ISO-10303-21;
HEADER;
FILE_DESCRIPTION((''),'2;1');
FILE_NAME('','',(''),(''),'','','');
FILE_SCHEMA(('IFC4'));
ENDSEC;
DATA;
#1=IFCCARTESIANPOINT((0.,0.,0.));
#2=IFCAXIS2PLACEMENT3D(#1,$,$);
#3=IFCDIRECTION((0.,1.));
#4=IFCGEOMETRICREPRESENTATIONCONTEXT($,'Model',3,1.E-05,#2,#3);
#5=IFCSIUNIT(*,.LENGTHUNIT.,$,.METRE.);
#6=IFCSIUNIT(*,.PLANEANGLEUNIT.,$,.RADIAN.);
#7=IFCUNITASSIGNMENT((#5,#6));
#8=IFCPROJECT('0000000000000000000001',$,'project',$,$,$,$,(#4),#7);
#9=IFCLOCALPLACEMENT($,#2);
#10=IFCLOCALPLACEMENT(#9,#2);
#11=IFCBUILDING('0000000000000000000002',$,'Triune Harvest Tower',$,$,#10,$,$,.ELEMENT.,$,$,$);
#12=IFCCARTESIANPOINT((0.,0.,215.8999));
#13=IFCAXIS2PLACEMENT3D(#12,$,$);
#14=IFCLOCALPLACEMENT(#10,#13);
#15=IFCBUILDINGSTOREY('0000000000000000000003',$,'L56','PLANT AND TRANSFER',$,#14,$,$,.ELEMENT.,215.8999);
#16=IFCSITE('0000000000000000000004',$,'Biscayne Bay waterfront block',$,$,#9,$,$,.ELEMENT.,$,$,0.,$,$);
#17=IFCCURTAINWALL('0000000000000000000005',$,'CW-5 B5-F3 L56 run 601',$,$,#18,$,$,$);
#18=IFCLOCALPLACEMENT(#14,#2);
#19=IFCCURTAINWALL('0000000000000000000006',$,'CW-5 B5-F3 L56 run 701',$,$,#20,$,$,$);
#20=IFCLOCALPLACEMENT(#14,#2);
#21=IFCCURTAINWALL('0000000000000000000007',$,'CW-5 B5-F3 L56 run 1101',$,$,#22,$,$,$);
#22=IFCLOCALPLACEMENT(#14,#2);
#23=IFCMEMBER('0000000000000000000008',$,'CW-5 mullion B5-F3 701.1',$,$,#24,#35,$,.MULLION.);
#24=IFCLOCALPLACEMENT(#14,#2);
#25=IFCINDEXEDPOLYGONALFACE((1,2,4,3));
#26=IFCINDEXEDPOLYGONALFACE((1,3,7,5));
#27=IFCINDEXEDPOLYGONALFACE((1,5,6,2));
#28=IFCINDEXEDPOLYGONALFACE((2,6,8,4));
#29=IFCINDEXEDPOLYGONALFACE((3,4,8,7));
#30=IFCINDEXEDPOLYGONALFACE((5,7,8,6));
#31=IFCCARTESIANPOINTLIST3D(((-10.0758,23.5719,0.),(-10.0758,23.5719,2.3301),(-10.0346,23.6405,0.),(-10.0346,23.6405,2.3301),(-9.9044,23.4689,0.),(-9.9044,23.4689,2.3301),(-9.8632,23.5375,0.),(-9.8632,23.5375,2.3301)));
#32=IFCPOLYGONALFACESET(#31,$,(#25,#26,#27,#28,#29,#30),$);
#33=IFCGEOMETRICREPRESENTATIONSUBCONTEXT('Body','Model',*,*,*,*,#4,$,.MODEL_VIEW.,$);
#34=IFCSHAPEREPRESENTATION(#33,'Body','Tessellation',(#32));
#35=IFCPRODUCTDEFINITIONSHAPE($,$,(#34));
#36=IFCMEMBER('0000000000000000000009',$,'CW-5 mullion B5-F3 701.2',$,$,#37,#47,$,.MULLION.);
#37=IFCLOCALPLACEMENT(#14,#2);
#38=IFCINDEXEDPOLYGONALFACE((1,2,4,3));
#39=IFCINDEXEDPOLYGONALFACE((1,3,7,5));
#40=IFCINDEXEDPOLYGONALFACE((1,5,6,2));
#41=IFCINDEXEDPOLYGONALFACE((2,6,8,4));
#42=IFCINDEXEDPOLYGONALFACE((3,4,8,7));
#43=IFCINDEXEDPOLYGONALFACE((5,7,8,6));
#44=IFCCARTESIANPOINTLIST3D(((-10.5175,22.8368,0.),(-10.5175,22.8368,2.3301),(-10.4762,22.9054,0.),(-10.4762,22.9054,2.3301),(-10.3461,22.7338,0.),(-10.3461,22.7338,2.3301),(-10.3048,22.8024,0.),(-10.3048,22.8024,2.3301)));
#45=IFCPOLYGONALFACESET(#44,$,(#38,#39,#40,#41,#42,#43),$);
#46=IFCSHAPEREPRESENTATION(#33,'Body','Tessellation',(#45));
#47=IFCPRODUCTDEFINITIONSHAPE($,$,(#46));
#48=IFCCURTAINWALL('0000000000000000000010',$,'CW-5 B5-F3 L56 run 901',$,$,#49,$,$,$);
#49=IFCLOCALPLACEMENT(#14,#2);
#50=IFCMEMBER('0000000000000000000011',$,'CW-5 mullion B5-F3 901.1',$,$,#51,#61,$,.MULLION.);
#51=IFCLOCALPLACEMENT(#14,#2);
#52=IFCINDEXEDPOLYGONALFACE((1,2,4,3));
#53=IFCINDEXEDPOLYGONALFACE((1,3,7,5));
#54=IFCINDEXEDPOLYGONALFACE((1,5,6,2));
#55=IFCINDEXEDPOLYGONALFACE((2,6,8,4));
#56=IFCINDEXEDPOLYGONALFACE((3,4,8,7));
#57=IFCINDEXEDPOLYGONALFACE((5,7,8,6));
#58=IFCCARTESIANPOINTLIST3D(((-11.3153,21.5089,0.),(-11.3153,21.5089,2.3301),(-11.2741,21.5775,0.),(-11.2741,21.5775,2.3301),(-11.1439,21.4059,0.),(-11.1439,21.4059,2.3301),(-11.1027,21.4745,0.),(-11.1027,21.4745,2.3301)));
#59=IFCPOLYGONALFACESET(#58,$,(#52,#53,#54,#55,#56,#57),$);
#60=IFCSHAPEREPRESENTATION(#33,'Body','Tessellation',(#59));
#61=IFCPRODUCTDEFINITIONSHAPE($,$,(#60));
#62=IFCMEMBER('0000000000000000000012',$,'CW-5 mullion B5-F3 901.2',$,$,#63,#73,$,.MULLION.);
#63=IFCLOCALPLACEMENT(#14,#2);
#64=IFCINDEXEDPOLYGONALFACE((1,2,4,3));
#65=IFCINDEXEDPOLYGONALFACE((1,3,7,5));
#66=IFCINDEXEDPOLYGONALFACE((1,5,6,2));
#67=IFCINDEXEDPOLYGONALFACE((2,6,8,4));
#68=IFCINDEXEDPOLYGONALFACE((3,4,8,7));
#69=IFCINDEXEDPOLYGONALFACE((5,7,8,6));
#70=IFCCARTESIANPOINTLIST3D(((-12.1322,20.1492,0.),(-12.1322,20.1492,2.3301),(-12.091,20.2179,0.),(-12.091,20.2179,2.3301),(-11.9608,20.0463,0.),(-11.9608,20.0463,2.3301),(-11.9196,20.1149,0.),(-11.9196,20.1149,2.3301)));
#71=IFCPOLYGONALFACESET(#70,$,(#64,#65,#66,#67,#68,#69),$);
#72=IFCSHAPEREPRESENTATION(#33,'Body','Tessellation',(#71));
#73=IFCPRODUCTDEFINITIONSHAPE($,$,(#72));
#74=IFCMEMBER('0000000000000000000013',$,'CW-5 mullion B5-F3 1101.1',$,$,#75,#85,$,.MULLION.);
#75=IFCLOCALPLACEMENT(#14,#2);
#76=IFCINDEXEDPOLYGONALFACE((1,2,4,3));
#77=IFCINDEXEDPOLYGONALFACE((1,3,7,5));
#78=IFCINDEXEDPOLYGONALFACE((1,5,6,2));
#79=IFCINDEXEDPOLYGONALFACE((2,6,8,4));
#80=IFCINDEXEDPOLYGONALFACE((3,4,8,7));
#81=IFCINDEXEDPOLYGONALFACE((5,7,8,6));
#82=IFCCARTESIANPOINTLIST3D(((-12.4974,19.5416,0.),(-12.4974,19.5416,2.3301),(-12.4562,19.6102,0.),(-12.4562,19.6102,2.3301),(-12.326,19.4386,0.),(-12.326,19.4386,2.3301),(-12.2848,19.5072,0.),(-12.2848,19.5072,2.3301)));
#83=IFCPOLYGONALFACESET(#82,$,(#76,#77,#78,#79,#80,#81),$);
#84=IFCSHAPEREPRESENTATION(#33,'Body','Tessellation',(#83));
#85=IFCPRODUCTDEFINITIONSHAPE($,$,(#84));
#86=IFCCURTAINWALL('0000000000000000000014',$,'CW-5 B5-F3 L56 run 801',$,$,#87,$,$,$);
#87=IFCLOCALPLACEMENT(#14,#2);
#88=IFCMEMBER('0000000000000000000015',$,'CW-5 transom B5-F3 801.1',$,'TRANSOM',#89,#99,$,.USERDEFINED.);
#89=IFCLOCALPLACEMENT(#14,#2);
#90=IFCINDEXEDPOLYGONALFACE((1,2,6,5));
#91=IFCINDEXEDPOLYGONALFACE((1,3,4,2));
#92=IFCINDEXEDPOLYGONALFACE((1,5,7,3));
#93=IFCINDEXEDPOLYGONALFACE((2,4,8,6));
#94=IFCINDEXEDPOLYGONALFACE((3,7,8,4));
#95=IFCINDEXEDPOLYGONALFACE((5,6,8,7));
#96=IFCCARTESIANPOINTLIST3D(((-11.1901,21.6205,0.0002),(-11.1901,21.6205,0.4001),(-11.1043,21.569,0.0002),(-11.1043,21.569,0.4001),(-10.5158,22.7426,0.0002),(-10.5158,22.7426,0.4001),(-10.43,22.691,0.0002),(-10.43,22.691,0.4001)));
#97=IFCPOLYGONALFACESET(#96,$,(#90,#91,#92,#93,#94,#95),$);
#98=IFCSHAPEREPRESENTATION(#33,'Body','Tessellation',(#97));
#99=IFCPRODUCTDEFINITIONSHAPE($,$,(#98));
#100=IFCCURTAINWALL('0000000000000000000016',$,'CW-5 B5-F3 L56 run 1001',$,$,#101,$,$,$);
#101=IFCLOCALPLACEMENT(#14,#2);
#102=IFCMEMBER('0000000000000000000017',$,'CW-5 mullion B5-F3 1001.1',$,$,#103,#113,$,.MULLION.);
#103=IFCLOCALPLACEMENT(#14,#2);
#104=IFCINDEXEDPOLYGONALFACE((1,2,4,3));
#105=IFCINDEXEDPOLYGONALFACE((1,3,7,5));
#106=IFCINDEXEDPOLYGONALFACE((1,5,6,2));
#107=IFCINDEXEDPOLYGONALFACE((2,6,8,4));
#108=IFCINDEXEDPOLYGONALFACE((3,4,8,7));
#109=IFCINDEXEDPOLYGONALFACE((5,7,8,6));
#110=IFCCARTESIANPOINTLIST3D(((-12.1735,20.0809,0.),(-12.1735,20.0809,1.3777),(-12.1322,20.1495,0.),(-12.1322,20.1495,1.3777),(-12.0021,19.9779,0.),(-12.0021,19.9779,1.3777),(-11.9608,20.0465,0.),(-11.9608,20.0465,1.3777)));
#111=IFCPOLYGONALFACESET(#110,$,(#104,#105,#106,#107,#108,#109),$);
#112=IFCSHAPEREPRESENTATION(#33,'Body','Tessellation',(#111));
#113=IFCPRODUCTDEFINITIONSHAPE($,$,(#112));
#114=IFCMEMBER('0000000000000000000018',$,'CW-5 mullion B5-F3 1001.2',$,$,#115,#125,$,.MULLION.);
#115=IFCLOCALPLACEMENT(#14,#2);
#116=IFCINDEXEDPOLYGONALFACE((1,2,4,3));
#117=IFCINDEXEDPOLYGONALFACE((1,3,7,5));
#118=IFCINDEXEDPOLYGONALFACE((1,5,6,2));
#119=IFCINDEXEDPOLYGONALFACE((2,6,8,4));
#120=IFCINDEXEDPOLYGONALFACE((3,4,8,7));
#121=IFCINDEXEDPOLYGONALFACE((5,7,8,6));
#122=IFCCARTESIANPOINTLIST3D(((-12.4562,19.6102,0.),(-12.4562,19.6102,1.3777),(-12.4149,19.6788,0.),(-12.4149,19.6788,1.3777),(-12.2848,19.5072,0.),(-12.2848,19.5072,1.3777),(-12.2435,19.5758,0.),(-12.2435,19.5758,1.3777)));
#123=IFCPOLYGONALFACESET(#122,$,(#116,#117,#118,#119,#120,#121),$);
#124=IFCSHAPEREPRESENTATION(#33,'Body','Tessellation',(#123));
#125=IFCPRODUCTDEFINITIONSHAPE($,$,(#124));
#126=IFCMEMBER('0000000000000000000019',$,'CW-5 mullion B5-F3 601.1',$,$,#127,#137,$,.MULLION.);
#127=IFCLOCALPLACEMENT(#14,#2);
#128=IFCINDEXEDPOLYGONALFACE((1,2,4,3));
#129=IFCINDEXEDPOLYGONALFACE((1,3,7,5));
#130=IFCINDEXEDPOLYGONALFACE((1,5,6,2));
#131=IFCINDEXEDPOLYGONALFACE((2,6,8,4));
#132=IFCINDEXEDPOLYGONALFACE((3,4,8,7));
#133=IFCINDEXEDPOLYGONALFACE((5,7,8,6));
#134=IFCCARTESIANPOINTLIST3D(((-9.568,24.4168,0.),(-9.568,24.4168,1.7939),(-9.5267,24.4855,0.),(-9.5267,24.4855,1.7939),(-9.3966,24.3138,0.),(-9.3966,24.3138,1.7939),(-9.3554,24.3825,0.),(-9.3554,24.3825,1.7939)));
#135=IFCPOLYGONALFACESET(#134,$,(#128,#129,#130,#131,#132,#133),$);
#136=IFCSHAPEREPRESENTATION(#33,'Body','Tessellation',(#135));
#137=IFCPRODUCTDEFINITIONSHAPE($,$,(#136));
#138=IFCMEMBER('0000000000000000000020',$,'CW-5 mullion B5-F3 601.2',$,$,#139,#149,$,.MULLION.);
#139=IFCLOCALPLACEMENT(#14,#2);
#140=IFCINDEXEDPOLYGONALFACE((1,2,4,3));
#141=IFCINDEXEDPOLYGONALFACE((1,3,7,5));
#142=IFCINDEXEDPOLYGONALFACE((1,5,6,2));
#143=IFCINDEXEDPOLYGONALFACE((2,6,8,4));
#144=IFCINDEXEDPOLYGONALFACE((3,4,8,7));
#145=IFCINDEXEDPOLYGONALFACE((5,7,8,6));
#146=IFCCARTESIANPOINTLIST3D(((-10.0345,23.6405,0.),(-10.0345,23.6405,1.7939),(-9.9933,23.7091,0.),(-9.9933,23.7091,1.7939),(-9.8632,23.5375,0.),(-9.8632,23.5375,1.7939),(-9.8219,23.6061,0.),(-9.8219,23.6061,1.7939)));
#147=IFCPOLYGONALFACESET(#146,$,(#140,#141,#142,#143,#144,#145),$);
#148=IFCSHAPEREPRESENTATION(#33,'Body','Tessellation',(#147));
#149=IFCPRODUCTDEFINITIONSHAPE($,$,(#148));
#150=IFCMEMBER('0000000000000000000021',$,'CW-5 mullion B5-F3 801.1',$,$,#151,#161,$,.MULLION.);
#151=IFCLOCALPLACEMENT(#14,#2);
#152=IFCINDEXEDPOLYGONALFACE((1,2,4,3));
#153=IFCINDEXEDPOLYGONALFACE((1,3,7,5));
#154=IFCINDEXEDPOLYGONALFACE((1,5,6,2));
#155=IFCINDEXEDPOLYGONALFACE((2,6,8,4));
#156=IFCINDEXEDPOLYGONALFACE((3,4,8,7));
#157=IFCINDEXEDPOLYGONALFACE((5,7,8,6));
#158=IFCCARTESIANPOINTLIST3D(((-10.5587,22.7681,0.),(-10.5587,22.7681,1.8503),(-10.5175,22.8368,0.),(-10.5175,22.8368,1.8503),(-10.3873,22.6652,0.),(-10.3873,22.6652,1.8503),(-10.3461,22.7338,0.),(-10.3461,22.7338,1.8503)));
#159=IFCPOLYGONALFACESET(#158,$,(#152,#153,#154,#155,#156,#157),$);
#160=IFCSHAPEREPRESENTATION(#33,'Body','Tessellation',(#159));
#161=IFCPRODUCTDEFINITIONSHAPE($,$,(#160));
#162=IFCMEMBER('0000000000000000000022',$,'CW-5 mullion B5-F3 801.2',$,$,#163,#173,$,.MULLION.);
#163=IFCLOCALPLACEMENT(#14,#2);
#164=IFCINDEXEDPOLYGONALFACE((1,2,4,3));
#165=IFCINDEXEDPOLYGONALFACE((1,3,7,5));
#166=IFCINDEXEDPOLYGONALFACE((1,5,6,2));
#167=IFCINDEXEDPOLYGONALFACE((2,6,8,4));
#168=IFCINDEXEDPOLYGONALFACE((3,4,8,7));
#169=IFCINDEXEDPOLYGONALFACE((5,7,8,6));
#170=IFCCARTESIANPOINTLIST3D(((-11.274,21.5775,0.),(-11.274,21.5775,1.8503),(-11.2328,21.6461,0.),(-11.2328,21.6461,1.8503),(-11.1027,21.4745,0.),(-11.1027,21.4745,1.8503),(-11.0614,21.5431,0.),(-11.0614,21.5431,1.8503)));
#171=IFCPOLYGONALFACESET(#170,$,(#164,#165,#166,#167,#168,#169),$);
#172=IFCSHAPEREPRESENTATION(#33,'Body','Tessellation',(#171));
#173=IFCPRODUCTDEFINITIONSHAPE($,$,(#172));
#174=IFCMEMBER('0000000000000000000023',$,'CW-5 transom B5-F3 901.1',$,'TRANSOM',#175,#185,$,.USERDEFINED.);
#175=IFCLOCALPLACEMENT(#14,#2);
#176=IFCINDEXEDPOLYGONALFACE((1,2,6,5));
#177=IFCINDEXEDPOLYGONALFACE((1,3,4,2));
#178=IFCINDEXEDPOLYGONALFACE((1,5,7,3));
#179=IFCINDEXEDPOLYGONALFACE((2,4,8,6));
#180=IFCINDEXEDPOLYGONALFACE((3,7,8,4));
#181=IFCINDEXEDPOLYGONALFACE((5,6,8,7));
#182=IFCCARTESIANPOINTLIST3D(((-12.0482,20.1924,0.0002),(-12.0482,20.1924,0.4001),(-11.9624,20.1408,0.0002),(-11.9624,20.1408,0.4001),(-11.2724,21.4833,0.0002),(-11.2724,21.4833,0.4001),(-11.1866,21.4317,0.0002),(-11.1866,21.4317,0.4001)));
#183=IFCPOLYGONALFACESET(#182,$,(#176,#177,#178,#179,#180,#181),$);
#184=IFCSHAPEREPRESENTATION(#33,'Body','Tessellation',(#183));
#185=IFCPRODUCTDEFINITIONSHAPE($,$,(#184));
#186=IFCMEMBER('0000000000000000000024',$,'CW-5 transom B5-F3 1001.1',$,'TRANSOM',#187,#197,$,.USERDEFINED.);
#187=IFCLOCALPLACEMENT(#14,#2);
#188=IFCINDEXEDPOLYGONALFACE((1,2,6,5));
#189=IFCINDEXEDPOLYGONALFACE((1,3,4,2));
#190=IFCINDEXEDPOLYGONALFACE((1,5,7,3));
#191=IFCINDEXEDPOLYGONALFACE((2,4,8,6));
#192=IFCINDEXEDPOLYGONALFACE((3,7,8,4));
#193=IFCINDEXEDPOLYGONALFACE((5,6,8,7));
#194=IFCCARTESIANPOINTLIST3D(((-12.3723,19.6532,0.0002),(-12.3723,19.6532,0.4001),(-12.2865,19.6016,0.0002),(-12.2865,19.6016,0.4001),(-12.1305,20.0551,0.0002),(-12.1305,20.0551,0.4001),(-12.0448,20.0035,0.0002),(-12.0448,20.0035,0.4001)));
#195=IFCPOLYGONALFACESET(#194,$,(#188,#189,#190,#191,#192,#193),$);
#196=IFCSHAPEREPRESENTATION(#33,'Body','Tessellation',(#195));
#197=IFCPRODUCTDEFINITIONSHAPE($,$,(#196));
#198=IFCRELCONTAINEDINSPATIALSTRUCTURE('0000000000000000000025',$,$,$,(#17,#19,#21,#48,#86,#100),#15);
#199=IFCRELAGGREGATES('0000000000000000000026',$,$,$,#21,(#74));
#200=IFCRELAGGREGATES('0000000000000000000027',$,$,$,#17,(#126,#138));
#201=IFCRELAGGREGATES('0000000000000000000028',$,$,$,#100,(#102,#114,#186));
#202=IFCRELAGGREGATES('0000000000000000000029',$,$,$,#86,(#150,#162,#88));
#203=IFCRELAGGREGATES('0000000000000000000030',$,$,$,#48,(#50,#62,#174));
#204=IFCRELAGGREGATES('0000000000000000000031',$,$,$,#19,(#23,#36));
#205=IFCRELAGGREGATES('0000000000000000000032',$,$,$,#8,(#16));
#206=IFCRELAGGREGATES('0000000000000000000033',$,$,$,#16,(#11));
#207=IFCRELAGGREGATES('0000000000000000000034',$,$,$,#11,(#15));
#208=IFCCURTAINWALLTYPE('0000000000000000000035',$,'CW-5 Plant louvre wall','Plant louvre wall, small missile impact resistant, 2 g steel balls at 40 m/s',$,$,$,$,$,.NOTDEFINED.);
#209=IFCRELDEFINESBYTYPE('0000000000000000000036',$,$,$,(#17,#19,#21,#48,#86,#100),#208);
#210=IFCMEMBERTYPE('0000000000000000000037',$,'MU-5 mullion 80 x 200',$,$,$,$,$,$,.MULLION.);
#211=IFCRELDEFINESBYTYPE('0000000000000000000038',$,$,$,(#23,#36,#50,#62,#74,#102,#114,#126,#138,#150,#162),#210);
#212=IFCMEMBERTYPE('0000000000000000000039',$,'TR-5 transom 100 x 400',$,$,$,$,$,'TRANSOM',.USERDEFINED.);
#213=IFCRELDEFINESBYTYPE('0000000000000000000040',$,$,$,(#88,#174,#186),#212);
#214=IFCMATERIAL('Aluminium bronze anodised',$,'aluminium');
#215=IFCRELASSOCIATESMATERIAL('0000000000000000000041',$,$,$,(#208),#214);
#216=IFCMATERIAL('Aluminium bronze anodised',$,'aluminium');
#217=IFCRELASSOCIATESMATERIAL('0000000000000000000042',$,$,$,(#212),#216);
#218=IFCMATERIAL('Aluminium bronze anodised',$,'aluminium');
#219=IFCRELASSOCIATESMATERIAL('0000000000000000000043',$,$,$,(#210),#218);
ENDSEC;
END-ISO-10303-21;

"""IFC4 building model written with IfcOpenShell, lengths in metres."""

from ifc_helpers import new_model, si_unit, direction, frame, origin, origin_2d, place, context, subcontext, project, spatial, rectangle, extrude, source, transform, mapped, material, material_profile, profile_set, type_object, element, aggregate, save


model = new_model("IFC4")

# Units and contexts
model_context = context("Model", 3, precision=1e-05, world=origin(), true_north=direction((0.0, 1.0)))
body_context = subcontext(model_context, "Body", "Model", "MODEL_VIEW")
ifc_project = project(units=[si_unit("LENGTHUNIT", "METRE"), si_unit("PLANEANGLEUNIT", "RADIAN")], contexts=[model_context])

# Site, building, storey
site_placement = place(None, origin())
site = spatial("IfcSite", under=ifc_project, at=site_placement, Name="Biscayne Bay waterfront block", CompositionType="ELEMENT", RefElevation=0.0)
building_placement = place(site_placement, origin())
building = spatial("IfcBuilding", under=site, at=building_placement, Name="Triune Harvest Tower", CompositionType="ELEMENT")
storey_placement = place(building_placement, frame((0.0, 0.0, 215.8999)))
storey = spatial("IfcBuildingStorey", under=building, at=storey_placement, Name="L56", Description="PLANT AND TRANSFER", CompositionType="ELEMENT", Elevation=215.8999)

# Curtain walls
ifc_material_1 = material(Name="Aluminium bronze anodised", Category="aluminium")
curtain_wall_type = type_object("IfcCurtainWallType", Name="CW-5 Plant louvre wall", Description="Plant louvre wall, small missile impact resistant, 2 g steel balls at 40 m/s", PredefinedType="NOTDEFINED", material=ifc_material_1)
curtain_wall_1_placement = place(storey_placement, origin())
curtain_wall_1 = element("IfcCurtainWall", 1, at=curtain_wall_1_placement, inside=storey, type_object=curtain_wall_type, Name="CW-5 B5-F3 L56 run 601")
ifc_material_2 = material(Name="Aluminium bronze anodised", Category="aluminium")
ifc_material_profile_1 = material_profile(ifc_material_2, rectangle(XDim=0.1001, YDim=0.3999, at=origin_2d()), Name="TR-5 transom 100 x 400")
ifc_profile_set_1 = profile_set([ifc_material_profile_1], Name="Aluminium bronze anodised")
member_type_1 = type_object("IfcMemberType", Name="TR-5 transom 100 x 400", ElementType="TRANSOM", PredefinedType="USERDEFINED", material=ifc_profile_set_1)
curtain_wall_2_placement = place(storey_placement, origin())
curtain_wall_2 = element("IfcCurtainWall", 2, at=curtain_wall_2_placement, inside=storey, type_object=curtain_wall_type, Name="CW-5 B5-F3 L56 run 701")
curtain_wall_3_placement = place(storey_placement, origin())
curtain_wall_3 = element("IfcCurtainWall", 3, at=curtain_wall_3_placement, inside=storey, type_object=curtain_wall_type, Name="CW-5 B5-F3 L56 run 1101")

# Members
ifc_material_3 = material(Name="Aluminium bronze anodised", Category="aluminium")
ifc_material_profile_2 = material_profile(ifc_material_3, rectangle(XDim=0.2, YDim=0.0801, at=origin_2d()), Name="MU-5 mullion 80 x 200")
ifc_profile_set_2 = profile_set([ifc_material_profile_2], Name="Aluminium bronze anodised")
member_type_2 = type_object("IfcMemberType", Name="MU-5 mullion 80 x 200", PredefinedType="MULLION", material=ifc_profile_set_2)
shared_shape_1 = source(origin(), body_context, "Body", "SweptSolid", [
    extrude(rectangle(XDim=0.2, YDim=0.0801, at=origin_2d()), origin(), (0.0, 0.0, 1.0), 2.3301),
])
member_1_placement = place(storey_placement, frame((-9.9695, 23.5547, 0.0), z_axis=(0.0, 0.0, 1.0), x_axis=(0.857173, -0.515029, 0.0)))
member_1 = element("IfcMember", 4, at=member_1_placement, type_object=member_type_2, Name="CW-5 mullion B5-F3 701.1", PredefinedType="MULLION", context=body_context, shape_type="MappedRepresentation", body=[
    mapped(shared_shape_1, transform((0.0, 0.0, 0.0), scale=1.0)),
])
member_2_placement = place(storey_placement, frame((-10.4111, 22.8196, 0.0), z_axis=(0.0, 0.0, 1.0), x_axis=(0.857173, -0.515029, 0.0)))
member_2 = element("IfcMember", 5, at=member_2_placement, type_object=member_type_2, Name="CW-5 mullion B5-F3 701.2", PredefinedType="MULLION", context=body_context, shape_type="MappedRepresentation", body=[
    mapped(shared_shape_1, transform((0.0, 0.0, 0.0), scale=1.0)),
])

# Curtain wall, members
curtain_wall_4_placement = place(storey_placement, origin())
curtain_wall_4 = element("IfcCurtainWall", 6, at=curtain_wall_4_placement, inside=storey, type_object=curtain_wall_type, Name="CW-5 B5-F3 L56 run 901")
member_3_placement = place(storey_placement, frame((-11.209, 21.4917, 0.0), z_axis=(0.0, 0.0, 1.0), x_axis=(0.85718, -0.515016, 0.0)))
member_3 = element("IfcMember", 7, at=member_3_placement, type_object=member_type_2, Name="CW-5 mullion B5-F3 901.1", PredefinedType="MULLION", context=body_context, shape_type="MappedRepresentation", body=[
    mapped(shared_shape_1, transform((0.0, 0.0, 0.0), scale=1.0)),
])
member_4_placement = place(storey_placement, frame((-12.0259, 20.1321, 0.0), z_axis=(0.0, 0.0, 1.0), x_axis=(0.85718, -0.515016, 0.0)))
member_4 = element("IfcMember", 8, at=member_4_placement, type_object=member_type_2, Name="CW-5 mullion B5-F3 901.2", PredefinedType="MULLION", context=body_context, shape_type="MappedRepresentation", body=[
    mapped(shared_shape_1, transform((0.0, 0.0, 0.0), scale=1.0)),
])

# Member
member_5_placement = place(storey_placement, frame((-12.3911, 19.5244, 0.0), z_axis=(0.0, 0.0, 1.0), x_axis=(0.857173, -0.515029, 0.0)))
member_5 = element("IfcMember", 9, at=member_5_placement, type_object=member_type_2, Name="CW-5 mullion B5-F3 1101.1", PredefinedType="MULLION", context=body_context, shape_type="MappedRepresentation", body=[
    mapped(shared_shape_1, transform((0.0, 0.0, 0.0), scale=1.0)),
])
aggregate(curtain_wall_3, [member_5])

# Curtain wall, member
curtain_wall_5_placement = place(storey_placement, origin())
curtain_wall_5 = element("IfcCurtainWall", 10, at=curtain_wall_5_placement, inside=storey, type_object=curtain_wall_type, Name="CW-5 B5-F3 L56 run 801")
shared_shape_2 = source(origin(), body_context, "Body", "SweptSolid", [
    extrude(rectangle(XDim=0.1001, YDim=0.3999, at=origin_2d()), origin(), (0.0, 0.0, 1.0), 1.3091),
])
member_6_placement = place(storey_placement, frame((-10.4729, 22.7168, 0.2002), z_axis=(-0.515099, -0.857131, 0.0), x_axis=(0.857131, -0.515099, 0.0)))
member_6 = element("IfcMember", 11, at=member_6_placement, type_object=member_type_1, Name="CW-5 transom B5-F3 801.1", ObjectType="TRANSOM", PredefinedType="USERDEFINED", context=body_context, shape_type="MappedRepresentation", body=[
    mapped(shared_shape_2, transform((0.0, 0.0, 0.0), scale=1.0)),
])

# Curtain wall, members
curtain_wall_6_placement = place(storey_placement, origin())
curtain_wall_6 = element("IfcCurtainWall", 12, at=curtain_wall_6_placement, inside=storey, type_object=curtain_wall_type, Name="CW-5 B5-F3 L56 run 1001")
shared_shape_3 = source(origin(), body_context, "Body", "SweptSolid", [
    extrude(rectangle(XDim=0.2, YDim=0.0801, at=origin_2d()), origin(), (0.0, 0.0, 1.0), 1.3777),
])
member_7_placement = place(storey_placement, frame((-12.0671, 20.0637, 0.0), z_axis=(0.0, 0.0, 1.0), x_axis=(0.857114, -0.515127, 0.0)))
member_7 = element("IfcMember", 13, at=member_7_placement, type_object=member_type_2, Name="CW-5 mullion B5-F3 1001.1", PredefinedType="MULLION", context=body_context, shape_type="MappedRepresentation", body=[
    mapped(shared_shape_3, transform((0.0, 0.0, 0.0), scale=1.0)),
])
member_8_placement = place(storey_placement, frame((-12.3499, 19.593, 0.0), z_axis=(0.0, 0.0, 1.0), x_axis=(0.857114, -0.515127, 0.0)))
member_8 = element("IfcMember", 14, at=member_8_placement, type_object=member_type_2, Name="CW-5 mullion B5-F3 1001.2", PredefinedType="MULLION", context=body_context, shape_type="MappedRepresentation", body=[
    mapped(shared_shape_3, transform((0.0, 0.0, 0.0), scale=1.0)),
])

# Members
shared_shape_4 = source(origin(), body_context, "Body", "SweptSolid", [
    extrude(rectangle(XDim=0.2, YDim=0.0801, at=origin_2d()), origin(), (0.0, 0.0, 1.0), 1.7939),
])
member_9_placement = place(storey_placement, frame((-9.4617, 24.3997, 0.0), z_axis=(0.0, 0.0, 1.0), x_axis=(0.857135, -0.515092, 0.0)))
member_9 = element("IfcMember", 15, at=member_9_placement, type_object=member_type_2, Name="CW-5 mullion B5-F3 601.1", PredefinedType="MULLION", context=body_context, shape_type="MappedRepresentation", body=[
    mapped(shared_shape_4, transform((0.0, 0.0, 0.0), scale=1.0)),
])
member_10_placement = place(storey_placement, frame((-9.9282, 23.6233, 0.0), z_axis=(0.0, 0.0, 1.0), x_axis=(0.857135, -0.515092, 0.0)))
member_10 = element("IfcMember", 16, at=member_10_placement, type_object=member_type_2, Name="CW-5 mullion B5-F3 601.2", PredefinedType="MULLION", context=body_context, shape_type="MappedRepresentation", body=[
    mapped(shared_shape_4, transform((0.0, 0.0, 0.0), scale=1.0)),
])
shared_shape_5 = source(origin(), body_context, "Body", "SweptSolid", [
    extrude(rectangle(XDim=0.2, YDim=0.0801, at=origin_2d()), origin(), (0.0, 0.0, 1.0), 1.8503),
])
member_11_placement = place(storey_placement, frame((-10.4524, 22.751, 0.0), z_axis=(0.0, 0.0, 1.0), x_axis=(0.857168, -0.515036, 0.0)))
member_11 = element("IfcMember", 17, at=member_11_placement, type_object=member_type_2, Name="CW-5 mullion B5-F3 801.1", PredefinedType="MULLION", context=body_context, shape_type="MappedRepresentation", body=[
    mapped(shared_shape_5, transform((0.0, 0.0, 0.0), scale=1.0)),
])
member_12_placement = place(storey_placement, frame((-11.1677, 21.5603, 0.0), z_axis=(0.0, 0.0, 1.0), x_axis=(0.857168, -0.515036, 0.0)))
member_12 = element("IfcMember", 18, at=member_12_placement, type_object=member_type_2, Name="CW-5 mullion B5-F3 801.2", PredefinedType="MULLION", context=body_context, shape_type="MappedRepresentation", body=[
    mapped(shared_shape_5, transform((0.0, 0.0, 0.0), scale=1.0)),
])
shared_shape_6 = source(origin(), body_context, "Body", "SweptSolid", [
    extrude(rectangle(XDim=0.1001, YDim=0.3999, at=origin_2d()), origin(), (0.0, 0.0, 1.0), 1.5061),
])
member_13_placement = place(storey_placement, frame((-11.2295, 21.4575, 0.2002), z_axis=(-0.515115, -0.857121, 0.0), x_axis=(0.857121, -0.515115, 0.0)))
member_13 = element("IfcMember", 19, at=member_13_placement, type_object=member_type_1, Name="CW-5 transom B5-F3 901.1", ObjectType="TRANSOM", PredefinedType="USERDEFINED", context=body_context, shape_type="MappedRepresentation", body=[
    mapped(shared_shape_6, transform((0.0, 0.0, 0.0), scale=1.0)),
])
shared_shape_7 = source(origin(), body_context, "Body", "SweptSolid", [
    extrude(rectangle(XDim=0.1001, YDim=0.3999, at=origin_2d()), origin(), (0.0, 0.0, 1.0), 0.469),
])
member_14_placement = place(storey_placement, frame((-12.0876, 20.0293, 0.2002), z_axis=(-0.515414, -0.856941, 0.0), x_axis=(0.856941, -0.515414, 0.0)))
member_14 = element("IfcMember", 20, at=member_14_placement, type_object=member_type_1, Name="CW-5 transom B5-F3 1001.1", ObjectType="TRANSOM", PredefinedType="USERDEFINED", context=body_context, shape_type="MappedRepresentation", body=[
    mapped(shared_shape_7, transform((0.0, 0.0, 0.0), scale=1.0)),
])

aggregate(curtain_wall_1, [member_9, member_10])
aggregate(curtain_wall_6, [member_7, member_8, member_14])
aggregate(curtain_wall_5, [member_11, member_12, member_6])
aggregate(curtain_wall_4, [member_3, member_4, member_13])
aggregate(curtain_wall_2, [member_1, member_2])

save(model, "model.ifc")
